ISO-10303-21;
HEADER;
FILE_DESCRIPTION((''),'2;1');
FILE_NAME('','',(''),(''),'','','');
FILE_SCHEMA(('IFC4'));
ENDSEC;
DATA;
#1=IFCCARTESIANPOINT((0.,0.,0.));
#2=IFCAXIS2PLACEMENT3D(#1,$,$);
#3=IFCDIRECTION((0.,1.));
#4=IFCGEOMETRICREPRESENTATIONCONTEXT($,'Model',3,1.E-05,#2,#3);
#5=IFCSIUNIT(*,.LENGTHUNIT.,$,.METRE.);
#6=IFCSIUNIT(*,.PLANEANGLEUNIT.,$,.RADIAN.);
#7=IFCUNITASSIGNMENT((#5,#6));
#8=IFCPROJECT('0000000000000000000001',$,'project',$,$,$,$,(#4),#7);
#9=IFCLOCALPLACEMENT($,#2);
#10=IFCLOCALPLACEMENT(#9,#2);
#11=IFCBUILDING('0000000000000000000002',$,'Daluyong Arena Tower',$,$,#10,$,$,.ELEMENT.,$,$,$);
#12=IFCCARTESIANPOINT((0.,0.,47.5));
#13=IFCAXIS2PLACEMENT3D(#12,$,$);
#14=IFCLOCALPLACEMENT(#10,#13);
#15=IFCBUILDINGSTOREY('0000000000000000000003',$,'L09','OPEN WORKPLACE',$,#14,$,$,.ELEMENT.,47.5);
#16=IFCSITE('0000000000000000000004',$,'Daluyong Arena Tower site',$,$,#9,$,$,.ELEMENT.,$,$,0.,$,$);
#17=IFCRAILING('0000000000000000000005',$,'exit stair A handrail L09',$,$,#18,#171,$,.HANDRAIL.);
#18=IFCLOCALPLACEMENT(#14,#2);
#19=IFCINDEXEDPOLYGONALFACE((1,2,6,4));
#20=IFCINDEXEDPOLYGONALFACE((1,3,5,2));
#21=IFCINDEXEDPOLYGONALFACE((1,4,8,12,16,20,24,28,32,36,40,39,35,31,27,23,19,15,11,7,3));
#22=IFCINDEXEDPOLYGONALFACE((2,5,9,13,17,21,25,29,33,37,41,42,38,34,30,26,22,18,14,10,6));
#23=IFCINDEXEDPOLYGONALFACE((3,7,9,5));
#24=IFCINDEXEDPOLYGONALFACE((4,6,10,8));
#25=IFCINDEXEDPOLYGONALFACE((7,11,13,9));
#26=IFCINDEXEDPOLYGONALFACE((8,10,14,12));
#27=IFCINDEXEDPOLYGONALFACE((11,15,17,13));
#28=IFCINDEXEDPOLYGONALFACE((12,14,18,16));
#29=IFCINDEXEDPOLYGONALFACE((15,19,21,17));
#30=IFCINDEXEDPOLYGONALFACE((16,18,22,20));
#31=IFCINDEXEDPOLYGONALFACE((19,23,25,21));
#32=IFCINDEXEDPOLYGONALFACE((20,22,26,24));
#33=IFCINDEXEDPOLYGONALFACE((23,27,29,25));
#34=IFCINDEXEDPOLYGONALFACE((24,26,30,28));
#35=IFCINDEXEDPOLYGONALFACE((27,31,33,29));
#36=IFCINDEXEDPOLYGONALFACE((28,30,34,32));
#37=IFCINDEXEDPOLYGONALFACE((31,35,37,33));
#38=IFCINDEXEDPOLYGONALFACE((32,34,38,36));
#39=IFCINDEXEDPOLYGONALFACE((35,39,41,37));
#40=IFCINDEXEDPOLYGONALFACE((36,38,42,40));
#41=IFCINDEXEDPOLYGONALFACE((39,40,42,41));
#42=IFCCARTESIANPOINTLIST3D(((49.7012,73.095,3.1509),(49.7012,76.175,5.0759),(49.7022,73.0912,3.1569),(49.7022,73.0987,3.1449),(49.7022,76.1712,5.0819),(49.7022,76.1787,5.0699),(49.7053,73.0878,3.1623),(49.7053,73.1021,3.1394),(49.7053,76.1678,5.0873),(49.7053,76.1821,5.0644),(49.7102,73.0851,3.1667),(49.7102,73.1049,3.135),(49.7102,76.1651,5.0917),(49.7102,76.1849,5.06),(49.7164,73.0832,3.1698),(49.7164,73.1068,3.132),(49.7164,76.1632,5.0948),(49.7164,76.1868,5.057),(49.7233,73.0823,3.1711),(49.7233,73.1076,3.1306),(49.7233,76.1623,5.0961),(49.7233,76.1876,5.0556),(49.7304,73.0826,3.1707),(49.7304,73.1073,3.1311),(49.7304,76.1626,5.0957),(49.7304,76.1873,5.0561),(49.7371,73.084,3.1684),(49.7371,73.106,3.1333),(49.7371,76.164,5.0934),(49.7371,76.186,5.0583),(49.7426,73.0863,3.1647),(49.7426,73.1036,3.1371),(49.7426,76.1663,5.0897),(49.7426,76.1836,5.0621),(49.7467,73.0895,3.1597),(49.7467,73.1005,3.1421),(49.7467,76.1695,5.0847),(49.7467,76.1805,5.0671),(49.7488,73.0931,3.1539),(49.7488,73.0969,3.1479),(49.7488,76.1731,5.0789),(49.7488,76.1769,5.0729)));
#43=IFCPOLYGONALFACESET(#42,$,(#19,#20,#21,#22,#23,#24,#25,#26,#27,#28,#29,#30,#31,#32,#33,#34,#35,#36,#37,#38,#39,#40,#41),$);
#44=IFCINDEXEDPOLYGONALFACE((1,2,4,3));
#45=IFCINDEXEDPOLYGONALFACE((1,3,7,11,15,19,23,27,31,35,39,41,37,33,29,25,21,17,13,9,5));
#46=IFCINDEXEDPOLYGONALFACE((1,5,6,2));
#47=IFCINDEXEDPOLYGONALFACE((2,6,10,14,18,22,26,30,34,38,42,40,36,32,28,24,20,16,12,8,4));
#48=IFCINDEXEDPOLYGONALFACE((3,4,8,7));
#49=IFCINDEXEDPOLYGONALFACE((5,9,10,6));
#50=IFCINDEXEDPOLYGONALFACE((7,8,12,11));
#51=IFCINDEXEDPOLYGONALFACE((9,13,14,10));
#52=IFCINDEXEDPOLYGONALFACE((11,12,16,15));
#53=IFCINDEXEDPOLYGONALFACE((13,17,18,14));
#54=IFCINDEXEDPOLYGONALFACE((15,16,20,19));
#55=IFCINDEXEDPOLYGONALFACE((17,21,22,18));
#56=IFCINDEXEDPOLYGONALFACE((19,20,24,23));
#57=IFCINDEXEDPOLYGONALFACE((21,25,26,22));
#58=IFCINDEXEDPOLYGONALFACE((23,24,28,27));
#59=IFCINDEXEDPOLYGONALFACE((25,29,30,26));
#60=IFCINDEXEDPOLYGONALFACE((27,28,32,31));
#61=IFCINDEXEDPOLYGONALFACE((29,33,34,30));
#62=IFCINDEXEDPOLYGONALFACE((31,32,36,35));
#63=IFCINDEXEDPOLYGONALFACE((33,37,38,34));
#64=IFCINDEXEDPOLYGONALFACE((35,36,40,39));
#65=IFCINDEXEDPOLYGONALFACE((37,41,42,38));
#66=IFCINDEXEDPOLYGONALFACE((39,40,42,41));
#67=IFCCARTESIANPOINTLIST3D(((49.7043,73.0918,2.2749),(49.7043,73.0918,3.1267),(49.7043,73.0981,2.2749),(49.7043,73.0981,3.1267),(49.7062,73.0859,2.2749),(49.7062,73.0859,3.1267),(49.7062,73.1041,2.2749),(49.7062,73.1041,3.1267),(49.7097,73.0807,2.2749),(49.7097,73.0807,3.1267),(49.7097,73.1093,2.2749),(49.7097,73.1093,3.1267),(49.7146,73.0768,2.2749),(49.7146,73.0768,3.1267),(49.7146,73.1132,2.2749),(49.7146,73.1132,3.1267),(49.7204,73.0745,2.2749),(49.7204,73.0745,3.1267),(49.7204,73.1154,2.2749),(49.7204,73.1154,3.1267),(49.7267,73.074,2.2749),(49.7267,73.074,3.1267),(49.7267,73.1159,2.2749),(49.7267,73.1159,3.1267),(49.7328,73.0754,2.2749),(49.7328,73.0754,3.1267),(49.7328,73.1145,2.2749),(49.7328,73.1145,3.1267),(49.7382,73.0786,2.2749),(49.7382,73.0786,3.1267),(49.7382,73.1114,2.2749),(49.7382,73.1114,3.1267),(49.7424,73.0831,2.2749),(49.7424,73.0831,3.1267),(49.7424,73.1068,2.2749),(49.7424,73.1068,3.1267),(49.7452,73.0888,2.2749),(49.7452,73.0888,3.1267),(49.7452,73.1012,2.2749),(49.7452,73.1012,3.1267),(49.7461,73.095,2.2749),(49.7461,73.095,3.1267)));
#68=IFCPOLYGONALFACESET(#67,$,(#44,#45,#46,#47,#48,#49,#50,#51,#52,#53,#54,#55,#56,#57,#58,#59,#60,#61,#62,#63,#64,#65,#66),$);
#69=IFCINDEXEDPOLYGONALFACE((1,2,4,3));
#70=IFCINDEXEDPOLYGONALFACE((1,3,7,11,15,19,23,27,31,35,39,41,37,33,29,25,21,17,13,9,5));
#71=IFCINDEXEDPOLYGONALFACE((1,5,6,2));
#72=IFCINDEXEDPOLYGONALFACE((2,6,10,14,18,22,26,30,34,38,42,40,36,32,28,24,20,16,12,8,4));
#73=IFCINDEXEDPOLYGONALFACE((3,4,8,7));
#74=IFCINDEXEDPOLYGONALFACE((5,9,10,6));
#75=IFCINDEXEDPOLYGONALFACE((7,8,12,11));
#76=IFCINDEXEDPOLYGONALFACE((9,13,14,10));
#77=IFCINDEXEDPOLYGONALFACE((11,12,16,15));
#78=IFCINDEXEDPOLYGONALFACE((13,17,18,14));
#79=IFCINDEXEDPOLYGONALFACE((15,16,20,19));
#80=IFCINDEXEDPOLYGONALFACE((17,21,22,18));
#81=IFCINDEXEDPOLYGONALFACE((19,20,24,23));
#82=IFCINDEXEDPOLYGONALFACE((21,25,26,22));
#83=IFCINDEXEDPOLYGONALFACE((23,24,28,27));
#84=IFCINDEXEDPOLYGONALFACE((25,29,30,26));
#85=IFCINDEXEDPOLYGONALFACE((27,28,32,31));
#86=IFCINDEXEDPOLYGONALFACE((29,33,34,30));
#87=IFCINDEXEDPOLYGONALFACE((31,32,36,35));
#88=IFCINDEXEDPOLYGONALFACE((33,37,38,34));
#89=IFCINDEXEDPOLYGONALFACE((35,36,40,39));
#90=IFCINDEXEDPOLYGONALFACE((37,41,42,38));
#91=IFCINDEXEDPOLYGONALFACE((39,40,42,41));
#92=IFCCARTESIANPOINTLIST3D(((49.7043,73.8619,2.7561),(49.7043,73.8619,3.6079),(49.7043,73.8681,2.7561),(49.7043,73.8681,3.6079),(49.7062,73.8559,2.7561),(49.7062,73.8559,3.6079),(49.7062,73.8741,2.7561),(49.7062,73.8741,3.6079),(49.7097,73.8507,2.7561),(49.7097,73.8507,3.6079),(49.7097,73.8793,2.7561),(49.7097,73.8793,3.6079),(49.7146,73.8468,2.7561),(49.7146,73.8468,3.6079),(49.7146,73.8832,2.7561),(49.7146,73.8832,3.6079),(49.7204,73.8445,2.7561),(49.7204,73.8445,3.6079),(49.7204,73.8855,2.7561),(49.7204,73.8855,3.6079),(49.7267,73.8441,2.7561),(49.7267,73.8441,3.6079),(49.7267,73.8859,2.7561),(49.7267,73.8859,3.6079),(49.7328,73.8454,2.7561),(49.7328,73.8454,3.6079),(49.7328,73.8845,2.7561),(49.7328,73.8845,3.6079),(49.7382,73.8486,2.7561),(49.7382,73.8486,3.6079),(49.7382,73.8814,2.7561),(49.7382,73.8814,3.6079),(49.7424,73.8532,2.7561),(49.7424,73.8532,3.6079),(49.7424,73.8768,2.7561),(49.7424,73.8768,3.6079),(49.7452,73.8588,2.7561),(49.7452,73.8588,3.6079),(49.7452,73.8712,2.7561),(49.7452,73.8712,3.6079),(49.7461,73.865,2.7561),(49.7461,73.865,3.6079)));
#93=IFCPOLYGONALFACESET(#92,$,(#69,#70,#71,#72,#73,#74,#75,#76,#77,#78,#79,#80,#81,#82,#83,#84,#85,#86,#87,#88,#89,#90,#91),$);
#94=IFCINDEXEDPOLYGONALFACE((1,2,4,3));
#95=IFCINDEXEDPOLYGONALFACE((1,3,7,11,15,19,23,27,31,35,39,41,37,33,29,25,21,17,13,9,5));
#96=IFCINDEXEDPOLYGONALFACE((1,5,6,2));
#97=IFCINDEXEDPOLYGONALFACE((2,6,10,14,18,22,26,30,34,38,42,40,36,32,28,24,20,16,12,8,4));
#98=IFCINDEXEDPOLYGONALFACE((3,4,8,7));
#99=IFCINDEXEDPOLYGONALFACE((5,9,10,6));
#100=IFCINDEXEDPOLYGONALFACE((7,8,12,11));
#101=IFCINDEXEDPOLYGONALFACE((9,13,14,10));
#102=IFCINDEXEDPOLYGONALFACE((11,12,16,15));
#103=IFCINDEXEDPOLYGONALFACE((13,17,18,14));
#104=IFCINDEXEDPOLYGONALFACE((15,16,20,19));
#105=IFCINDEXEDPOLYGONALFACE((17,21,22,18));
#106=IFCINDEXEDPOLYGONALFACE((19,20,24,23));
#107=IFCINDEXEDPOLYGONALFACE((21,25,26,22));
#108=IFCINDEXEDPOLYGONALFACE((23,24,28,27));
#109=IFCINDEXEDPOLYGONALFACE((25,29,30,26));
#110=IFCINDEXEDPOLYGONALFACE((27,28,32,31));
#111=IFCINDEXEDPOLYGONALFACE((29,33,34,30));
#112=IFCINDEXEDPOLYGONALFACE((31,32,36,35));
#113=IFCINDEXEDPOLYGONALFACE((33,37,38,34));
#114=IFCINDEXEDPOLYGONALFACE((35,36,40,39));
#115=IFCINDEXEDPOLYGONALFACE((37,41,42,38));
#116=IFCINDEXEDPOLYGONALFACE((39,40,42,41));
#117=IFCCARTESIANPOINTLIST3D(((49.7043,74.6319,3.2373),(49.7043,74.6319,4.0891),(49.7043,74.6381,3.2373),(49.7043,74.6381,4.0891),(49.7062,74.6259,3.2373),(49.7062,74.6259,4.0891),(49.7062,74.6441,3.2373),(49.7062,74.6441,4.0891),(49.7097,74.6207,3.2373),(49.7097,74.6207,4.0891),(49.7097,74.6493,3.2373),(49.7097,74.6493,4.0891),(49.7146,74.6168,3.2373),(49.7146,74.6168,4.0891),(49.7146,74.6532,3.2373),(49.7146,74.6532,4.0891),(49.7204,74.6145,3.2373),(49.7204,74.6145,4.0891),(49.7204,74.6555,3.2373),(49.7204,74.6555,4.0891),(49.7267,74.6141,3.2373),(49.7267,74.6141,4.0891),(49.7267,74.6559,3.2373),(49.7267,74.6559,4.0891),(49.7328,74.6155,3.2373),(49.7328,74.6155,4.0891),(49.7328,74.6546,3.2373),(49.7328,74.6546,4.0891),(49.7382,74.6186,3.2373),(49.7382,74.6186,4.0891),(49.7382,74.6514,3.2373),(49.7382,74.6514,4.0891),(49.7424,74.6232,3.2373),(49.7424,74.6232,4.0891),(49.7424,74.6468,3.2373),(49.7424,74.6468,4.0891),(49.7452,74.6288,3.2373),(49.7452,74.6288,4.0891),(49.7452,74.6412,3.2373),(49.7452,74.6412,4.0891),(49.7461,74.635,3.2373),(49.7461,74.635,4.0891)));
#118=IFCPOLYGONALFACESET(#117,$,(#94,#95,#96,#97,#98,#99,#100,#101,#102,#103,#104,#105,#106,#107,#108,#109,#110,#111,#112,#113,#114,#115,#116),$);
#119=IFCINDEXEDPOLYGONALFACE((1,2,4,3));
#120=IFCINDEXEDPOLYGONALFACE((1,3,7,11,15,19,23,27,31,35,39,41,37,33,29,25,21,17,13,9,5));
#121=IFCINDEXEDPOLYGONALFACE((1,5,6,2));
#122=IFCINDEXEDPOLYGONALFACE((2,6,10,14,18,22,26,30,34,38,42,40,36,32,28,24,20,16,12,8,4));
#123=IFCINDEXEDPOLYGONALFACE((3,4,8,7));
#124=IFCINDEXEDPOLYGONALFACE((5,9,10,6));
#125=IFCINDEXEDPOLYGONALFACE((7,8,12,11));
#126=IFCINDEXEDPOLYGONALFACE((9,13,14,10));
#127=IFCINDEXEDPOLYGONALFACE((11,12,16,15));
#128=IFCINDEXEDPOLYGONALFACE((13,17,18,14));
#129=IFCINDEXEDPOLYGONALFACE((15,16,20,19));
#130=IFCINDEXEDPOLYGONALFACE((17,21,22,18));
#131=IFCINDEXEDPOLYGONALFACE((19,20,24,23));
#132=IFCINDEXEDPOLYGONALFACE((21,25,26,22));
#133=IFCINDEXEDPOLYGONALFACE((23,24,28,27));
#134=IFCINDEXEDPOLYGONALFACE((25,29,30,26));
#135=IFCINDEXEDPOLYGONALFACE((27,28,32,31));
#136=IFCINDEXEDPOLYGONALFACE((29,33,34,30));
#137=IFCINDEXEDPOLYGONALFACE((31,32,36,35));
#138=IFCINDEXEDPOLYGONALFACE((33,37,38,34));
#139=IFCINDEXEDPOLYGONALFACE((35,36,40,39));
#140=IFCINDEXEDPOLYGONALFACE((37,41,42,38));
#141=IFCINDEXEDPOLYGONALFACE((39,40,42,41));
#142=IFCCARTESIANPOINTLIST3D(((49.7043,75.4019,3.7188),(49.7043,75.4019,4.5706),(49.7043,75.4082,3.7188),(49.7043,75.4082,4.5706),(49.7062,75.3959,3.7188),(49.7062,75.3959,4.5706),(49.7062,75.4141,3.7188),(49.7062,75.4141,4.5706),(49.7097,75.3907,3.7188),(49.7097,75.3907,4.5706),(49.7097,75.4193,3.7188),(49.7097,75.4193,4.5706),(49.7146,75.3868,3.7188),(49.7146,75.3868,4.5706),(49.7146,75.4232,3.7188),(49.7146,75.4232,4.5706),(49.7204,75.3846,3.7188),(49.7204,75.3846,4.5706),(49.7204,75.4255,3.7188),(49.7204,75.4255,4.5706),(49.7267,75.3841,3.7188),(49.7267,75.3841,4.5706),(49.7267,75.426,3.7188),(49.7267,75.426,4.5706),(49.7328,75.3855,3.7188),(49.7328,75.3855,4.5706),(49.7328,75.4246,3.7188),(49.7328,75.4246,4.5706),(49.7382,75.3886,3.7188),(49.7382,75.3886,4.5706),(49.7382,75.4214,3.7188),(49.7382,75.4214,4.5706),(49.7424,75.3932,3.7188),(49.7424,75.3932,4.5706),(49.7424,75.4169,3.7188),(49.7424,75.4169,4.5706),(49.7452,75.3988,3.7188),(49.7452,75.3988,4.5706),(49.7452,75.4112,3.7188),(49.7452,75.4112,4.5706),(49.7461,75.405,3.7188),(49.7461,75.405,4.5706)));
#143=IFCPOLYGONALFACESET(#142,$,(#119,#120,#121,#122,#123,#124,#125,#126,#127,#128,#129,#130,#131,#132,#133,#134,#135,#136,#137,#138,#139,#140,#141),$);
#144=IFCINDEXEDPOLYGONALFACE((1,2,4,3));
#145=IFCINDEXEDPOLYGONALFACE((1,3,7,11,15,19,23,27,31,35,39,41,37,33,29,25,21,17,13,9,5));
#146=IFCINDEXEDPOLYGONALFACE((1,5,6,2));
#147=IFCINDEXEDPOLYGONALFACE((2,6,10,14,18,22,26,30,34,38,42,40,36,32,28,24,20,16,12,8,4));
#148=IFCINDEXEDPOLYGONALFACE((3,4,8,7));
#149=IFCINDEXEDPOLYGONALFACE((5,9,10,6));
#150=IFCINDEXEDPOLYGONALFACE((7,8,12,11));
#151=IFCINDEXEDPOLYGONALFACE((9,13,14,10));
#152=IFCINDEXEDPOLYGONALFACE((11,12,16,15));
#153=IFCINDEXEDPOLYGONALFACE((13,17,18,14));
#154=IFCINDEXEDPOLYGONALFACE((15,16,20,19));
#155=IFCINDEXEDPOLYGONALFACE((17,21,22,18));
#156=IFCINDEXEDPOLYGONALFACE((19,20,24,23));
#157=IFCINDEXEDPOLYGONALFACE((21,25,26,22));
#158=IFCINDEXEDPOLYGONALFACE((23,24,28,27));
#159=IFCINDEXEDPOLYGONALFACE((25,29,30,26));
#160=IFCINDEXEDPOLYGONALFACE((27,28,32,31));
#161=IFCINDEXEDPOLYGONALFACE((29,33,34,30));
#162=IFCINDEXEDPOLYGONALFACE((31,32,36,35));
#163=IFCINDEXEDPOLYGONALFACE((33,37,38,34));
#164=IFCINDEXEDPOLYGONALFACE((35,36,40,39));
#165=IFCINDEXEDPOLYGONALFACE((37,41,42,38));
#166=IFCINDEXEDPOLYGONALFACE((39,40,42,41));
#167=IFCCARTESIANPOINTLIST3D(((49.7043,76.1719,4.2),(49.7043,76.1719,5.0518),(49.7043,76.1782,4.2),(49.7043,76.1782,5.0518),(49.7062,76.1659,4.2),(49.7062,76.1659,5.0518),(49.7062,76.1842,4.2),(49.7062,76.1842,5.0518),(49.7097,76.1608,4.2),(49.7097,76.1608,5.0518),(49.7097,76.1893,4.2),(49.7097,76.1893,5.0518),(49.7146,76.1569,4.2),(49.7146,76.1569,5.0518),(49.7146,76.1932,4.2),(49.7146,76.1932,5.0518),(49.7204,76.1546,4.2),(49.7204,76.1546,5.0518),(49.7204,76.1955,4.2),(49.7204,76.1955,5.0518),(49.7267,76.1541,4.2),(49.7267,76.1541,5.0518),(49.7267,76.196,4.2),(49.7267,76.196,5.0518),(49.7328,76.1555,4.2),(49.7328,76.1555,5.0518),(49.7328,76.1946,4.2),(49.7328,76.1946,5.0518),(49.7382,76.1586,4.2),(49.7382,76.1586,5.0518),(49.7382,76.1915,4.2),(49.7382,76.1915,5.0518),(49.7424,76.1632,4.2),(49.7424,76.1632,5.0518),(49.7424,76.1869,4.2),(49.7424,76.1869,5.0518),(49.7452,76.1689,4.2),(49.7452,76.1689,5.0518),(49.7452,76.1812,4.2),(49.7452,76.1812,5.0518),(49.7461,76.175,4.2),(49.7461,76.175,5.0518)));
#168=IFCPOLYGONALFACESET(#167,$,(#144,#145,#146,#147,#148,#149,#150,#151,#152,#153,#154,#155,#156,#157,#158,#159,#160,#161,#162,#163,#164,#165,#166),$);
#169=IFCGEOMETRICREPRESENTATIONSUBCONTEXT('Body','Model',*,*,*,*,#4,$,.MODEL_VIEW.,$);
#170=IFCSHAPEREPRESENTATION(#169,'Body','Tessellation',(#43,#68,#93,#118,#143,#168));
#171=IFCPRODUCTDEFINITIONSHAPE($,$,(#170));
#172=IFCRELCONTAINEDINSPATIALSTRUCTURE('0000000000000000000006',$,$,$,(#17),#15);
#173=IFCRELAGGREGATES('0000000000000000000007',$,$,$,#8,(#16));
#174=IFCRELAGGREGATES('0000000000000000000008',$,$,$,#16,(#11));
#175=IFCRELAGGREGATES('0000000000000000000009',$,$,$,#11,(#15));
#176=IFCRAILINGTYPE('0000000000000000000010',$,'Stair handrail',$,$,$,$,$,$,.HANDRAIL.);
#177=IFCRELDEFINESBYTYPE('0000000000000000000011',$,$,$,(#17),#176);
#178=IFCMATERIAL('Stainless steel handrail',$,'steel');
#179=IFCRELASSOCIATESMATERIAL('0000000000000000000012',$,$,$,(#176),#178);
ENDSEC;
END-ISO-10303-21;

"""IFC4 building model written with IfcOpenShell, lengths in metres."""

from ifc_helpers import new_model, si_unit, direction, frame, origin, origin_2d, place, context, subcontext, project, spatial, circle, extrude, material, type_object, element, save


model = new_model("IFC4")

# Units and contexts
model_context = context("Model", 3, precision=1e-05, world=origin(), true_north=direction((0.0, 1.0)))
body_context = subcontext(model_context, "Body", "Model", "MODEL_VIEW")
ifc_project = project(units=[si_unit("LENGTHUNIT", "METRE"), si_unit("PLANEANGLEUNIT", "RADIAN")], contexts=[model_context])

# Site, building, storey
site_placement = place(None, origin())
site = spatial("IfcSite", under=ifc_project, at=site_placement, Name="Daluyong Arena Tower site", CompositionType="ELEMENT", RefElevation=0.0)
building_placement = place(site_placement, origin())
building = spatial("IfcBuilding", under=site, at=building_placement, Name="Daluyong Arena Tower", CompositionType="ELEMENT")
storey_placement = place(building_placement, frame((0.0, 0.0, 47.5)))
storey = spatial("IfcBuildingStorey", under=building, at=storey_placement, Name="L09", Description="OPEN WORKPLACE", CompositionType="ELEMENT", Elevation=47.5)

# Railing
ifc_material_1 = material(Name="Stainless steel handrail", Category="steel")
railing_type_1 = type_object("IfcRailingType", Name="Stair handrail", PredefinedType="HANDRAIL", material=ifc_material_1)
railing_1_placement = place(storey_placement, frame((49.7251, 73.095, 2.2749)))
element("IfcRailing", 1, at=railing_1_placement, inside=storey, type_object=railing_type_1, Name="exit stair A handrail L09", PredefinedType="HANDRAIL", context=body_context, shape_type="SweptSolid", body=[
    extrude(circle(Radius=0.0239, at=origin_2d()), frame((0.0, 0.0, 0.876), z_axis=(0.0, 0.847998, 0.529999), x_axis=(-1.0, 0.0, 0.0)), (0.0, 0.0, 1.0), 3.6321),
    extrude(circle(Radius=0.021, at=origin_2d()), origin(), (0.0, 0.0, 1.0), 0.8518),
    extrude(circle(Radius=0.021, at=origin_2d()), frame((0.0, 0.77, 0.4812)), (0.0, 0.0, 1.0), 0.8518),
    extrude(circle(Radius=0.021, at=origin_2d()), frame((0.0, 1.54, 0.9624)), (0.0, 0.0, 1.0), 0.8518),
    extrude(circle(Radius=0.021, at=origin_2d()), frame((0.0, 2.3101, 1.4438)), (0.0, 0.0, 1.0), 0.8518),
    extrude(circle(Radius=0.021, at=origin_2d()), frame((0.0, 3.0801, 1.925)), (0.0, 0.0, 1.0), 0.8518),
])

save(model, "model.ifc")
